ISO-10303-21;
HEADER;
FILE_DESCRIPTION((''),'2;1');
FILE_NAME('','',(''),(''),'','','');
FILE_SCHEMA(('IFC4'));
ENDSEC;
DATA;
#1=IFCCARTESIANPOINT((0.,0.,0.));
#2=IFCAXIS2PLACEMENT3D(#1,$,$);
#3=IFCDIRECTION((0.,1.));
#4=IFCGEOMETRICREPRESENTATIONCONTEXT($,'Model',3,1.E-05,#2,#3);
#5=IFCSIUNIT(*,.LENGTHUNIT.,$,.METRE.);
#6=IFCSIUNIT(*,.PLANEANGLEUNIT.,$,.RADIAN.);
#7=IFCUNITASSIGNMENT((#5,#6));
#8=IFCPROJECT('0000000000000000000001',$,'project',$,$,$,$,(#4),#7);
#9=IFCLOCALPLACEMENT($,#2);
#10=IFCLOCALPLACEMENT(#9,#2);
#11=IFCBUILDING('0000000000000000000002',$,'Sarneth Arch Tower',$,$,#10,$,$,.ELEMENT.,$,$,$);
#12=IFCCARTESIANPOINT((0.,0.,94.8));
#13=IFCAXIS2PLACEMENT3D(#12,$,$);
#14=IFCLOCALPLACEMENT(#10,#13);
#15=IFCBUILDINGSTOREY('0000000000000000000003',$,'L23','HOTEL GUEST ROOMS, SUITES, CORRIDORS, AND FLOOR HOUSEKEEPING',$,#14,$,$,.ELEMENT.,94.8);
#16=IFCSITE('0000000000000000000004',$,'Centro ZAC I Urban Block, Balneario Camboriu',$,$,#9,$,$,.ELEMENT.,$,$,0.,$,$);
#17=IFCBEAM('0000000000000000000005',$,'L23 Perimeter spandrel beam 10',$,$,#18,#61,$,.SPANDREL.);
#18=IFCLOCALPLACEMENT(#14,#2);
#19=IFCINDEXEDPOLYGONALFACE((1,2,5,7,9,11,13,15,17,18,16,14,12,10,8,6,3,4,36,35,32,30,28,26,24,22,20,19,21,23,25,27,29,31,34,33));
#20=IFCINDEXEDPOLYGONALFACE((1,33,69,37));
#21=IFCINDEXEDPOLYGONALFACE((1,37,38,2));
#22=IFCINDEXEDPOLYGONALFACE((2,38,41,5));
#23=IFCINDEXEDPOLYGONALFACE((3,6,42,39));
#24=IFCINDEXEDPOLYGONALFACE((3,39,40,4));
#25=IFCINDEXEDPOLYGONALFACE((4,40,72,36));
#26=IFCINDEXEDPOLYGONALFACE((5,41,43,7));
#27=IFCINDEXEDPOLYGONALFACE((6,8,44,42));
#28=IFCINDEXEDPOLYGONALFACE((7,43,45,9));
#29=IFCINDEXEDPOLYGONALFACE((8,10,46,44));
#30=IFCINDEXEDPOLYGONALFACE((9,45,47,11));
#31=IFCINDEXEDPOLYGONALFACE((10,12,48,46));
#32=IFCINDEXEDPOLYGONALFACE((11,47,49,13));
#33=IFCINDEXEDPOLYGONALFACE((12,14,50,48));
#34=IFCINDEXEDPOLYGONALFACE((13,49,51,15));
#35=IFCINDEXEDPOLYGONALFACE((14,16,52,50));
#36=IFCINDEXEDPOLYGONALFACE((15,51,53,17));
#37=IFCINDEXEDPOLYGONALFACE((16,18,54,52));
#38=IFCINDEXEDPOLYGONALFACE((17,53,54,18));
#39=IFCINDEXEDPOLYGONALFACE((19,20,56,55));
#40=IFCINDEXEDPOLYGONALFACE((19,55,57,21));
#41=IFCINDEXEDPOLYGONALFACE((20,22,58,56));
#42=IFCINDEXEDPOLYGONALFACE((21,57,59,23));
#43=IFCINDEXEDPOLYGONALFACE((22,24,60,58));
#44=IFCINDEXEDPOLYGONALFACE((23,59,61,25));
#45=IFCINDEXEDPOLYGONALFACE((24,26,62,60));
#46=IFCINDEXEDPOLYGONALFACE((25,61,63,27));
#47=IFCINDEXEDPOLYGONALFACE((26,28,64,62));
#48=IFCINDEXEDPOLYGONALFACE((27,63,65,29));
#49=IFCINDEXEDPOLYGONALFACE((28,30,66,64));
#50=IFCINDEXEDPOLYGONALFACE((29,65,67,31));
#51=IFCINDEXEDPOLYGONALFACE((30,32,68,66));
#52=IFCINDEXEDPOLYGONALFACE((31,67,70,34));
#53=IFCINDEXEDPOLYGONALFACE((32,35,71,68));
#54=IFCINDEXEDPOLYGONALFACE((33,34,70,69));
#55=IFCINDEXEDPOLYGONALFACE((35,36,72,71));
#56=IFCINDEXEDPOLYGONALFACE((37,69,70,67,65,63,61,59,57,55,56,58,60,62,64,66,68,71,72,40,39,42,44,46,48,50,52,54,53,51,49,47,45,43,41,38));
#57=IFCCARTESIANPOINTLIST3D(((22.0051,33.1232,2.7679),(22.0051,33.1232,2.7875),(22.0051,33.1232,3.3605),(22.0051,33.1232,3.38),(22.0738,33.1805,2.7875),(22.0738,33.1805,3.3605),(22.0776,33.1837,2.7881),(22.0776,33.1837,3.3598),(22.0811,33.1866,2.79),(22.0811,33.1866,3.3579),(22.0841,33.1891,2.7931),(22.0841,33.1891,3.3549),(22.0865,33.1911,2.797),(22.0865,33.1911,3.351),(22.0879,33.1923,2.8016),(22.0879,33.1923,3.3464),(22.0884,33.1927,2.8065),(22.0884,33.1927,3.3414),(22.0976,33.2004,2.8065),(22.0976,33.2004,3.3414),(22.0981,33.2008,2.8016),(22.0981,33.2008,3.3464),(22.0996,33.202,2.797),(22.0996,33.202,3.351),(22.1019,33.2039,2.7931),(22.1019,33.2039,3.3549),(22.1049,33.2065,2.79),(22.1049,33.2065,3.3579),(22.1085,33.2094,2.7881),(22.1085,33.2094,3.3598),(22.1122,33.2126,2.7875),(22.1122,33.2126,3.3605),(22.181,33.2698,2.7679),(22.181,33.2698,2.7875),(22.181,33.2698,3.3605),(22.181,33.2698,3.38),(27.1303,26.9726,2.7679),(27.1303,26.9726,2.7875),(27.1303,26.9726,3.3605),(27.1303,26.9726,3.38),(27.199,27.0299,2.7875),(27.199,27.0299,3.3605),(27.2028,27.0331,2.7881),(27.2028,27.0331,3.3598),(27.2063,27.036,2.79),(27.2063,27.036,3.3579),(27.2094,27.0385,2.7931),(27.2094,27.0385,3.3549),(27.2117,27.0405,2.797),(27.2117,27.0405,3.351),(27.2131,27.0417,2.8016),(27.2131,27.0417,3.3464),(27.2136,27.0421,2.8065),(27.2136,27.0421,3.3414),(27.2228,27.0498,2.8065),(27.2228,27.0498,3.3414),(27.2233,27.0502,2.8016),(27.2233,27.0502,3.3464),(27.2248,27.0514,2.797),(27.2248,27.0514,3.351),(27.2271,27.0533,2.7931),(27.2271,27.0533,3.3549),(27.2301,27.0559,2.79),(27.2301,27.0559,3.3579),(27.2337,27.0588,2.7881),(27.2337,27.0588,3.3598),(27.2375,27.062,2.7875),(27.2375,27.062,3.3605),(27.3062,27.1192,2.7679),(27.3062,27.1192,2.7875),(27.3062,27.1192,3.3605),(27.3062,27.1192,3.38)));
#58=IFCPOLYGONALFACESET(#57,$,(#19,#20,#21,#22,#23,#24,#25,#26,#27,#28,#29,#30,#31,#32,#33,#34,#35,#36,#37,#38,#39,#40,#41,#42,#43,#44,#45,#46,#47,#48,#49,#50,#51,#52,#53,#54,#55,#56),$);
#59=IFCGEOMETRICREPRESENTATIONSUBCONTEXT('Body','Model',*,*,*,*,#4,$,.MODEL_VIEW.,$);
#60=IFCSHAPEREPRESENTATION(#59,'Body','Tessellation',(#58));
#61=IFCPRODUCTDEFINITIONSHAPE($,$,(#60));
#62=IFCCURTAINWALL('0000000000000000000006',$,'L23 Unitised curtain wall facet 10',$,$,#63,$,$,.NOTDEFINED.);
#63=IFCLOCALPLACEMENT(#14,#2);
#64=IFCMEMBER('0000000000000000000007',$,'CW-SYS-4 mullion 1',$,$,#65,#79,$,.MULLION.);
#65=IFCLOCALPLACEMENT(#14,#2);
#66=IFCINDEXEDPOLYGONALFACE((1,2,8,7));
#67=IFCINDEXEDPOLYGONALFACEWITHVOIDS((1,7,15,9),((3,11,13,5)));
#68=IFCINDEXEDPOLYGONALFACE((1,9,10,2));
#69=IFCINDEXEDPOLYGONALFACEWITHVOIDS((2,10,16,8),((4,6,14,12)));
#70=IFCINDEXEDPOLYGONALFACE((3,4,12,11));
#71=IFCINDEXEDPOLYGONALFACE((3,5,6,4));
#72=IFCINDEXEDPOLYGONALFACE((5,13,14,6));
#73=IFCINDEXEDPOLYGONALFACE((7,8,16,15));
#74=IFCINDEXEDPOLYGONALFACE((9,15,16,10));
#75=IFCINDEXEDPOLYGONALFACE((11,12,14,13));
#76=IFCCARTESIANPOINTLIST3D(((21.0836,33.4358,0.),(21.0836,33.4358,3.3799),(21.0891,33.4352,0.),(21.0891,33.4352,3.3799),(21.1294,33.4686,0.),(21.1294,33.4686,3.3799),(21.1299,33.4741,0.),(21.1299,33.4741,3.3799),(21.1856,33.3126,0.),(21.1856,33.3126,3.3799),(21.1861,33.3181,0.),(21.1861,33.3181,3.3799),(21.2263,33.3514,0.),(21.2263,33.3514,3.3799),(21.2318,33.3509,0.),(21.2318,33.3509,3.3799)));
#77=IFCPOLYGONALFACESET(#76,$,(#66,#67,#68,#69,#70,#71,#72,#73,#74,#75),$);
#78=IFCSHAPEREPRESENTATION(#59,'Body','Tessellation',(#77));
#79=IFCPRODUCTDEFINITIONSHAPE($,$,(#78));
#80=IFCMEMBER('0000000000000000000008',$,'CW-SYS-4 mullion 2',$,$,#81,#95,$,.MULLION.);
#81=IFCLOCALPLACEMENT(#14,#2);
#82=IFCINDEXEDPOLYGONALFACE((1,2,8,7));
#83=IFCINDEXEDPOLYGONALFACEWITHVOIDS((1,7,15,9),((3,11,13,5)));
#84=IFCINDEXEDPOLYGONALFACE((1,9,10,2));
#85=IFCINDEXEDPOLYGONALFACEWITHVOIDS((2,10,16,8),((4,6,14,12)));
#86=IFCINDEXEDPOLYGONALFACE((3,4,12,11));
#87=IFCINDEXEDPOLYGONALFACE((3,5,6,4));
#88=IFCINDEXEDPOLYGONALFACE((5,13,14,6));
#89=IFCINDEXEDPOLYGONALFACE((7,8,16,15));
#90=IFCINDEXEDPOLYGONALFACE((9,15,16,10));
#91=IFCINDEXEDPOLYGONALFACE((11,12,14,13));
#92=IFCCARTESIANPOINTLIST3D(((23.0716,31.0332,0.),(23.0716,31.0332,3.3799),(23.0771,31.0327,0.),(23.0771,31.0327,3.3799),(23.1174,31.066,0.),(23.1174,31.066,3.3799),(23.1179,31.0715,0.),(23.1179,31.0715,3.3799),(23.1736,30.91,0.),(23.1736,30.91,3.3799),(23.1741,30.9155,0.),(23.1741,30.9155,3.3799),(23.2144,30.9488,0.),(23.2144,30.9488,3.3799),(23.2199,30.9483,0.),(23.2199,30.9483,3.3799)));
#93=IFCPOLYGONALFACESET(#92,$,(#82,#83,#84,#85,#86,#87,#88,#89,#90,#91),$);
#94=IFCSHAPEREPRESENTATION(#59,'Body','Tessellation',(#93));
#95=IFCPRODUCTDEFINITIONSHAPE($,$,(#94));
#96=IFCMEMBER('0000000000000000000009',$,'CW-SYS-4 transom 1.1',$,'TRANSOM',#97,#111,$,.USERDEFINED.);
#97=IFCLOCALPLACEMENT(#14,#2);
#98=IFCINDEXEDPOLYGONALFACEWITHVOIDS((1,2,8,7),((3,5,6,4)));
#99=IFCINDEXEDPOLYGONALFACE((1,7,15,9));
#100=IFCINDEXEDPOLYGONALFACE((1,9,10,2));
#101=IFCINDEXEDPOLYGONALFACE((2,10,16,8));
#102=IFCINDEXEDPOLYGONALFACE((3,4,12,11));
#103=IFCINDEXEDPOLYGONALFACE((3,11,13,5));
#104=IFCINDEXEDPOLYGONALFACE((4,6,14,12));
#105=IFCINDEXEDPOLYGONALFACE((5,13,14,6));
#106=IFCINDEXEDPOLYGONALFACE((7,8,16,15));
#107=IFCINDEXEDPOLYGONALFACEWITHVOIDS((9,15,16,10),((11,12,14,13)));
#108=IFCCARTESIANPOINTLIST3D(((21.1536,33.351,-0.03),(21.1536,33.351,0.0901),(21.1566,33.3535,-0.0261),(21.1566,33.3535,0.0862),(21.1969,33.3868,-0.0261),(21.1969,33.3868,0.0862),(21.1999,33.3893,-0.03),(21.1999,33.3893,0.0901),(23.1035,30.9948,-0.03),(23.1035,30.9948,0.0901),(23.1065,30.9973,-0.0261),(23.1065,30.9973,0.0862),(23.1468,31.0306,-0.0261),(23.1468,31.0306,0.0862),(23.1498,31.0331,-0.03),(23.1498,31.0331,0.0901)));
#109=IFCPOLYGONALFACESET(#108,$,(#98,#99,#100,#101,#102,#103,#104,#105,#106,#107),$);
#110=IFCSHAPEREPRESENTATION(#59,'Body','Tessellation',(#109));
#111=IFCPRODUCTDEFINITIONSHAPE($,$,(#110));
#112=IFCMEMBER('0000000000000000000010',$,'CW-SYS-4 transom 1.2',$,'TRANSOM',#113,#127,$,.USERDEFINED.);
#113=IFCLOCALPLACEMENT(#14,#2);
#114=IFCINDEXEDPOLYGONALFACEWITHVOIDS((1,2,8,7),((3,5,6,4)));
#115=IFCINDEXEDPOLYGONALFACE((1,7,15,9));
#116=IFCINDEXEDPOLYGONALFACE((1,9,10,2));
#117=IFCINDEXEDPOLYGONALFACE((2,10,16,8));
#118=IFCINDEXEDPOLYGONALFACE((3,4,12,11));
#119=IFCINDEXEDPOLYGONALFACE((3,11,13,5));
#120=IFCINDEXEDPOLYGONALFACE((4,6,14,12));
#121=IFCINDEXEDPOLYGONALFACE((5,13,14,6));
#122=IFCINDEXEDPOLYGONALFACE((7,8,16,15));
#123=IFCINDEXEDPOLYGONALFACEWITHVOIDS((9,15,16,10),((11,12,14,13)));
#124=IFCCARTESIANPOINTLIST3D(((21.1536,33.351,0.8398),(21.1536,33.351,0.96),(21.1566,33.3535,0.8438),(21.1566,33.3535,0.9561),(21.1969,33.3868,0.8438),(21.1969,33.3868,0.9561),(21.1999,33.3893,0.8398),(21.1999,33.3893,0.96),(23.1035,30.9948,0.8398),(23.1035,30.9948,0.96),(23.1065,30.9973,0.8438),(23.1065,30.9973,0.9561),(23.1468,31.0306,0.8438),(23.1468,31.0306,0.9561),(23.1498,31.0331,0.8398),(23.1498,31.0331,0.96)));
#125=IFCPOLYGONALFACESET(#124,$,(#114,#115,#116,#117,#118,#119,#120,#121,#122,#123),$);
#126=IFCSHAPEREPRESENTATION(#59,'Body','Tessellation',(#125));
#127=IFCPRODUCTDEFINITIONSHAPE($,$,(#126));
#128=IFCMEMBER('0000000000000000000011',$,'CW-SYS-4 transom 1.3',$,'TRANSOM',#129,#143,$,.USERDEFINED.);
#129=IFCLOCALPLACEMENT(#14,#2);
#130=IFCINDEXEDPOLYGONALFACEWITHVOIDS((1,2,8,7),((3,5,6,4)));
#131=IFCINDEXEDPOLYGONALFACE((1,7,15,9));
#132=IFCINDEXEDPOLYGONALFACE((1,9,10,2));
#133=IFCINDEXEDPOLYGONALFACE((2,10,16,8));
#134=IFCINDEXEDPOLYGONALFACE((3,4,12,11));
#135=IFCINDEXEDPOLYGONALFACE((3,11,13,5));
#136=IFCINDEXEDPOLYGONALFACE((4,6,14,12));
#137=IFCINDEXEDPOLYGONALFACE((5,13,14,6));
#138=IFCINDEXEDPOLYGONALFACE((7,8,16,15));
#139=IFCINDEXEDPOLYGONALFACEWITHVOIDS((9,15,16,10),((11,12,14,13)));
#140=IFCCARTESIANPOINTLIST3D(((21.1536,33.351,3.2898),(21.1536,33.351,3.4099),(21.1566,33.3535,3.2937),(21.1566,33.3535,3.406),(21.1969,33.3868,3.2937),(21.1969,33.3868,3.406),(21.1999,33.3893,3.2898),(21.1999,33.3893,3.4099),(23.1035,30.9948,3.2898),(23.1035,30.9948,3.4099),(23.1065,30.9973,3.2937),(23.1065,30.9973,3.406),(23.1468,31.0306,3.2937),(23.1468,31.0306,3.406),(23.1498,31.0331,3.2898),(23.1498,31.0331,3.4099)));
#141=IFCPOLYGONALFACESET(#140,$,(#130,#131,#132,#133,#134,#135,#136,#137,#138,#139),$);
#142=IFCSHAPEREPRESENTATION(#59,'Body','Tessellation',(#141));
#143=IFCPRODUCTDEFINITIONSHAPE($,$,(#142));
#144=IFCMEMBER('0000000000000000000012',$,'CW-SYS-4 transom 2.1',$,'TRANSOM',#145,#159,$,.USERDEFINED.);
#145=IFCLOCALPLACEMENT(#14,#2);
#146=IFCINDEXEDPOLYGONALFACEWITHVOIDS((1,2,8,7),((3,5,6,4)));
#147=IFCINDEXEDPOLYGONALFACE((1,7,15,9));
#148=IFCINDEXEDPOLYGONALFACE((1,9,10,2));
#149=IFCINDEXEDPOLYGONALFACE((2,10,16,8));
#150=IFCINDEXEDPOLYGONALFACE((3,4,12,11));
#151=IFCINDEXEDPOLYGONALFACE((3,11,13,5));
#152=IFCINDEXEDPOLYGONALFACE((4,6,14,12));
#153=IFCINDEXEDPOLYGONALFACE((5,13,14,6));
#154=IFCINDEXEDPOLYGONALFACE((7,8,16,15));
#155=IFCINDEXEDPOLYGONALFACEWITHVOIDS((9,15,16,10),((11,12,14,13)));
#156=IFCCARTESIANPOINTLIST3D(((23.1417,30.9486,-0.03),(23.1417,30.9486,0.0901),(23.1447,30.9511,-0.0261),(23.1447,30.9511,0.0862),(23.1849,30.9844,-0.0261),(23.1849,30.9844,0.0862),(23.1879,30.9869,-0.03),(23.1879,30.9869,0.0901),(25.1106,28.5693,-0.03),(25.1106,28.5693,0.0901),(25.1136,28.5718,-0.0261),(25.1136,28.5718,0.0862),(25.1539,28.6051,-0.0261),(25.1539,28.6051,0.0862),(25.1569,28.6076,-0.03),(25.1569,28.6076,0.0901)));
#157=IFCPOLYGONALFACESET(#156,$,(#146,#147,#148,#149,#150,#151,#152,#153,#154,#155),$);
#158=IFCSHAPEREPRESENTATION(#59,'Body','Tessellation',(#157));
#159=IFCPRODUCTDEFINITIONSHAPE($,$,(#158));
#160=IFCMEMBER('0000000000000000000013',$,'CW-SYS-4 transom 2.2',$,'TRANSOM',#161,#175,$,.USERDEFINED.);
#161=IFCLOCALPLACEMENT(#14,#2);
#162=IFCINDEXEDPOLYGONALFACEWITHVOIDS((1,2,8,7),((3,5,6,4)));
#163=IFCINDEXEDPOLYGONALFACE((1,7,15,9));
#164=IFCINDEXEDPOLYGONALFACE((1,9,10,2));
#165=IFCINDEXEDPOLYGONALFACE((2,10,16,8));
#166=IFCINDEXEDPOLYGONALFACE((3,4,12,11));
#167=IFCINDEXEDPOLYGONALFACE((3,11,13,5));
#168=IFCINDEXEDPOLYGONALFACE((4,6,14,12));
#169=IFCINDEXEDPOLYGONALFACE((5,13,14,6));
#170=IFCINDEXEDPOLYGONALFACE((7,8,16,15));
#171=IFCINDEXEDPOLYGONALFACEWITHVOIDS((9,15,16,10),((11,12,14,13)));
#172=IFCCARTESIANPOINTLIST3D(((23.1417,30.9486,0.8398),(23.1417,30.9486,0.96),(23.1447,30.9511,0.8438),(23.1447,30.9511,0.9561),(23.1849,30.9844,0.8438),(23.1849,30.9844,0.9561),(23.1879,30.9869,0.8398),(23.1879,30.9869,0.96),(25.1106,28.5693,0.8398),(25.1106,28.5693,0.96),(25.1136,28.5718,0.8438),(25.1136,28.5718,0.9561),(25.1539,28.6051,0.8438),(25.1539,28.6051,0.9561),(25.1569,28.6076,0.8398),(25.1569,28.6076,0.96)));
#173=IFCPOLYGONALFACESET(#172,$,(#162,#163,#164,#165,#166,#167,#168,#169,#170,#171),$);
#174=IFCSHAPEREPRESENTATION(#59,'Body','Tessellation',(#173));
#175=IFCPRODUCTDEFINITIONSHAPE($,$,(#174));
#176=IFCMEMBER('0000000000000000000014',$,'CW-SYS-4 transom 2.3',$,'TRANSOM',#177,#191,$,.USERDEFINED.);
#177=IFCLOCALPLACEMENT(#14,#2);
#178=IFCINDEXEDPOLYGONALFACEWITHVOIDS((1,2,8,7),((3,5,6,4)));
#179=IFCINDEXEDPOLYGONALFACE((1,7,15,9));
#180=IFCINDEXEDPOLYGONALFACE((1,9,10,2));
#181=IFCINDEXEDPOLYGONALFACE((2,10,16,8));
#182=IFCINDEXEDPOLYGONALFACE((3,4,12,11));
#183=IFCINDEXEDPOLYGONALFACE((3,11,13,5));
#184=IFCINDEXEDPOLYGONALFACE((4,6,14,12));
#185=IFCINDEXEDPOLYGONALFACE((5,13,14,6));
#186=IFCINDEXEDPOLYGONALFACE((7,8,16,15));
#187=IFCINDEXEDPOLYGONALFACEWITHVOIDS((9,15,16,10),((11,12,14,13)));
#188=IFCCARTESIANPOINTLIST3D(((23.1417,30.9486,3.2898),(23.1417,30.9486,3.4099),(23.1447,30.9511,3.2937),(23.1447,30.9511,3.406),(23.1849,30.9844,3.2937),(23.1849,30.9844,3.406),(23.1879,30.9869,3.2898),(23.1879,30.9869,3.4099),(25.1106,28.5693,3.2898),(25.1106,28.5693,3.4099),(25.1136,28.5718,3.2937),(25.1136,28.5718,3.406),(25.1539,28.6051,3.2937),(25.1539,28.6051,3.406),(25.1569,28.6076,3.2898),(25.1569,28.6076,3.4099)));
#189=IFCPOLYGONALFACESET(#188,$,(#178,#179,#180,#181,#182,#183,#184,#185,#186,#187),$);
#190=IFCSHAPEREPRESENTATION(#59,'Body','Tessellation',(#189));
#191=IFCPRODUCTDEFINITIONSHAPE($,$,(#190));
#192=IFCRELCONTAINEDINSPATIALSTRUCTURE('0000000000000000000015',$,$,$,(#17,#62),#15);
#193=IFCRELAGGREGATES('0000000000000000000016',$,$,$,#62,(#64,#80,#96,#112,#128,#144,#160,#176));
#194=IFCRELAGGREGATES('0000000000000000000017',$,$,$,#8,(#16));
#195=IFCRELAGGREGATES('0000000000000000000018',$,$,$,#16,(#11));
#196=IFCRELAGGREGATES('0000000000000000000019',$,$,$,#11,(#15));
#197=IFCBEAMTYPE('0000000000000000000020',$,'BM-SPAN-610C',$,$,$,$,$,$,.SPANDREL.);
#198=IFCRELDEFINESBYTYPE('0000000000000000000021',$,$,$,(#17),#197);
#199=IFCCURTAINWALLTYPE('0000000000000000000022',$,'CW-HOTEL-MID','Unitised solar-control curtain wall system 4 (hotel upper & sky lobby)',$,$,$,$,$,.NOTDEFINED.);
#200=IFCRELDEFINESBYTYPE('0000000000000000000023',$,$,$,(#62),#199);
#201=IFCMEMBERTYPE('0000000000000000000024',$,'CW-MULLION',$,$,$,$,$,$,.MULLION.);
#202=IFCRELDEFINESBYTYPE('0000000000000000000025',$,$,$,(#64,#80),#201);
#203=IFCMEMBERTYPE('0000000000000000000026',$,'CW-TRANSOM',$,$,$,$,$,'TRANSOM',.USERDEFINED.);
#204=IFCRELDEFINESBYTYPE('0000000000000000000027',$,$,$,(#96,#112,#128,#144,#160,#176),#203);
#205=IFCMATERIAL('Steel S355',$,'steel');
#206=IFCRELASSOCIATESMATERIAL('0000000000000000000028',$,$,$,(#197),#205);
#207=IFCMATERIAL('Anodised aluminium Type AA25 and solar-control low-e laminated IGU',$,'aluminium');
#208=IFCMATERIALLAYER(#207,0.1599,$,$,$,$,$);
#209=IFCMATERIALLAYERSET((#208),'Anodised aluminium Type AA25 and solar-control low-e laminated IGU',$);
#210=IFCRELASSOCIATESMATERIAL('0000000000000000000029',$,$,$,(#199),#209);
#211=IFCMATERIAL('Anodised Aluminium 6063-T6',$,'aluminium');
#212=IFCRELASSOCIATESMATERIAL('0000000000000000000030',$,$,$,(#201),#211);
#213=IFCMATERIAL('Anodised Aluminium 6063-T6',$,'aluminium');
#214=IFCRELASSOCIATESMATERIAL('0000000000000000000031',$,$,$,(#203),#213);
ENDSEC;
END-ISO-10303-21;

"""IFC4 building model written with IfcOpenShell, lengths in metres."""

from ifc_helpers import new_model, si_unit, direction, frame, origin, origin_2d, place, context, subcontext, project, spatial, hollow_rectangle, i_section, extrude, material, layer, layer_set, material_profile, profile_set, type_object, element, aggregate, save


model = new_model("IFC4")

# Units and contexts
model_context = context("Model", 3, precision=1e-05, world=origin(), true_north=direction((0.0, 1.0)))
body_context = subcontext(model_context, "Body", "Model", "MODEL_VIEW")
ifc_project = project(units=[si_unit("LENGTHUNIT", "METRE"), si_unit("PLANEANGLEUNIT", "RADIAN")], contexts=[model_context])

# Site, building, storey
site_placement = place(None, origin())
site = spatial("IfcSite", under=ifc_project, at=site_placement, Name="Centro ZAC I Urban Block, Balneario Camboriu", CompositionType="ELEMENT", RefElevation=0.0)
building_placement = place(site_placement, origin())
building = spatial("IfcBuilding", under=site, at=building_placement, Name="Sarneth Arch Tower", CompositionType="ELEMENT")
storey_placement = place(building_placement, frame((0.0, 0.0, 94.8)))
storey = spatial("IfcBuildingStorey", under=building, at=storey_placement, Name="L23", Description="HOTEL GUEST ROOMS, SUITES, CORRIDORS, AND FLOOR HOUSEKEEPING", CompositionType="ELEMENT", Elevation=94.8)

# Beam
ifc_material_1 = material(Name="Steel S355", Category="steel")
ifc_material_profile_1 = material_profile(ifc_material_1, i_section(OverallWidth=0.229, OverallDepth=0.6121, WebThickness=0.012, FlangeThickness=0.0195, FilletRadius=0.019, at=origin_2d()), Name="W610x125")
ifc_profile_set_1 = profile_set([ifc_material_profile_1], Name="Steel S355")
beam_type_1 = type_object("IfcBeamType", Name="BM-SPAN-610C", PredefinedType="SPANDREL", material=ifc_profile_set_1)
beam_1_placement = place(storey_placement, frame((22.093, 33.1965, 3.074), z_axis=(0.640163, -0.768239, 0.0), x_axis=(0.768239, 0.640163, 0.0)))
element("IfcBeam", 1, at=beam_1_placement, inside=storey, type_object=beam_type_1, Name="L23 Perimeter spandrel beam 10", PredefinedType="SPANDREL", context=body_context, shape_type="SweptSolid", body=[
    extrude(i_section(OverallWidth=0.229, OverallDepth=0.6121, WebThickness=0.012, FlangeThickness=0.0195, FilletRadius=0.019, at=origin_2d()), origin(), (0.0, 0.0, 1.0), 8.0061),
])

# Curtain wall, members
ifc_material_2 = material(Name="Anodised aluminium Type AA25 and solar-control low-e laminated IGU", Category="aluminium")
ifc_layer_1 = layer(ifc_material_2, 0.1599)
ifc_layer_set_1 = layer_set([ifc_layer_1], Name="Anodised aluminium Type AA25 and solar-control low-e laminated IGU")
curtain_wall_type = type_object("IfcCurtainWallType", Name="CW-HOTEL-MID", Description="Unitised solar-control curtain wall system 4 (hotel upper & sky lobby)", PredefinedType="NOTDEFINED", material=ifc_layer_set_1)
curtain_wall_placement = place(storey_placement, origin())
curtain_wall = element("IfcCurtainWall", 2, at=curtain_wall_placement, inside=storey, type_object=curtain_wall_type, Name="L23 Unitised curtain wall facet 10", PredefinedType="NOTDEFINED")
ifc_material_3 = material(Name="Anodised Aluminium 6063-T6", Category="aluminium")
ifc_material_profile_2 = material_profile(ifc_material_3, hollow_rectangle(XDim=0.0601, YDim=0.1599, WallThickness=0.0039, at=origin_2d()), Name="AL-MULL-160x60x4")
ifc_profile_set_2 = profile_set([ifc_material_profile_2], Name="Anodised Aluminium 6063-T6")
member_type_1 = type_object("IfcMemberType", Name="CW-MULLION", PredefinedType="MULLION", material=ifc_profile_set_2)
member_1_placement = place(storey_placement, frame((21.1577, 33.3933, 0.0), z_axis=(0.0, 0.0, 1.0), x_axis=(0.770438, 0.637515, 0.0)))
member_1 = element("IfcMember", 3, at=member_1_placement, type_object=member_type_1, Name="CW-SYS-4 mullion 1", PredefinedType="MULLION", context=body_context, shape_type="SweptSolid", body=[
    extrude(hollow_rectangle(XDim=0.0601, YDim=0.1599, WallThickness=0.0039, at=origin_2d()), origin(), (0.0, 0.0, 1.0), 3.3799),
])
member_2_placement = place(storey_placement, frame((23.1458, 30.9907, 0.0), z_axis=(0.0, 0.0, 1.0), x_axis=(0.770438, 0.637515, 0.0)))
member_2 = element("IfcMember", 4, at=member_2_placement, type_object=member_type_1, Name="CW-SYS-4 mullion 2", PredefinedType="MULLION", context=body_context, shape_type="SweptSolid", body=[
    extrude(hollow_rectangle(XDim=0.0601, YDim=0.1599, WallThickness=0.0039, at=origin_2d()), origin(), (0.0, 0.0, 1.0), 3.3799),
])
ifc_material_4 = material(Name="Anodised Aluminium 6063-T6", Category="aluminium")
ifc_material_profile_3 = material_profile(ifc_material_4, hollow_rectangle(XDim=0.0601, YDim=0.1201, WallThickness=0.0039, at=origin_2d()), Name="AL-TRAN-120x60x4")
ifc_profile_set_3 = profile_set([ifc_material_profile_3], Name="Anodised Aluminium 6063-T6")
member_type_2 = type_object("IfcMemberType", Name="CW-TRANSOM", ElementType="TRANSOM", PredefinedType="USERDEFINED", material=ifc_profile_set_3)
member_3_placement = place(storey_placement, frame((21.1768, 33.3701, 0.03), z_axis=(0.637566, -0.770396, 0.0), x_axis=(0.770396, 0.637566, 0.0)))
member_3 = element("IfcMember", 5, at=member_3_placement, type_object=member_type_2, Name="CW-SYS-4 transom 1.1", ObjectType="TRANSOM", PredefinedType="USERDEFINED", context=body_context, shape_type="SweptSolid", body=[
    extrude(hollow_rectangle(XDim=0.0601, YDim=0.1201, WallThickness=0.0039, at=origin_2d()), origin(), (0.0, 0.0, 1.0), 3.0583),
])
member_4_placement = place(storey_placement, frame((21.1768, 33.3701, 0.8999), z_axis=(0.637566, -0.770396, 0.0), x_axis=(0.770396, 0.637566, 0.0)))
member_4 = element("IfcMember", 6, at=member_4_placement, type_object=member_type_2, Name="CW-SYS-4 transom 1.2", ObjectType="TRANSOM", PredefinedType="USERDEFINED", context=body_context, shape_type="SweptSolid", body=[
    extrude(hollow_rectangle(XDim=0.0601, YDim=0.1201, WallThickness=0.0039, at=origin_2d()), origin(), (0.0, 0.0, 1.0), 3.0583),
])
member_5_placement = place(storey_placement, frame((21.1768, 33.3701, 3.3499), z_axis=(0.637566, -0.770396, 0.0), x_axis=(0.770396, 0.637566, 0.0)))
member_5 = element("IfcMember", 7, at=member_5_placement, type_object=member_type_2, Name="CW-SYS-4 transom 1.3", ObjectType="TRANSOM", PredefinedType="USERDEFINED", context=body_context, shape_type="SweptSolid", body=[
    extrude(hollow_rectangle(XDim=0.0601, YDim=0.1201, WallThickness=0.0039, at=origin_2d()), origin(), (0.0, 0.0, 1.0), 3.0583),
])
member_6_placement = place(storey_placement, frame((23.1648, 30.9678, 0.03), z_axis=(0.637537, -0.77042, 0.0), x_axis=(0.77042, 0.637537, 0.0)))
member_6 = element("IfcMember", 8, at=member_6_placement, type_object=member_type_2, Name="CW-SYS-4 transom 2.1", ObjectType="TRANSOM", PredefinedType="USERDEFINED", context=body_context, shape_type="SweptSolid", body=[
    extrude(hollow_rectangle(XDim=0.0601, YDim=0.1201, WallThickness=0.0039, at=origin_2d()), origin(), (0.0, 0.0, 1.0), 3.0884),
])
member_7_placement = place(storey_placement, frame((23.1648, 30.9678, 0.8999), z_axis=(0.637537, -0.77042, 0.0), x_axis=(0.77042, 0.637537, 0.0)))
member_7 = element("IfcMember", 9, at=member_7_placement, type_object=member_type_2, Name="CW-SYS-4 transom 2.2", ObjectType="TRANSOM", PredefinedType="USERDEFINED", context=body_context, shape_type="SweptSolid", body=[
    extrude(hollow_rectangle(XDim=0.0601, YDim=0.1201, WallThickness=0.0039, at=origin_2d()), origin(), (0.0, 0.0, 1.0), 3.0884),
])
member_8_placement = place(storey_placement, frame((23.1648, 30.9678, 3.3499), z_axis=(0.637537, -0.77042, 0.0), x_axis=(0.77042, 0.637537, 0.0)))
member_8 = element("IfcMember", 10, at=member_8_placement, type_object=member_type_2, Name="CW-SYS-4 transom 2.3", ObjectType="TRANSOM", PredefinedType="USERDEFINED", context=body_context, shape_type="SweptSolid", body=[
    extrude(hollow_rectangle(XDim=0.0601, YDim=0.1201, WallThickness=0.0039, at=origin_2d()), origin(), (0.0, 0.0, 1.0), 3.0884),
])
aggregate(curtain_wall, [member_1, member_2, member_3, member_4, member_5, member_6, member_7, member_8])

save(model, "model.ifc")
